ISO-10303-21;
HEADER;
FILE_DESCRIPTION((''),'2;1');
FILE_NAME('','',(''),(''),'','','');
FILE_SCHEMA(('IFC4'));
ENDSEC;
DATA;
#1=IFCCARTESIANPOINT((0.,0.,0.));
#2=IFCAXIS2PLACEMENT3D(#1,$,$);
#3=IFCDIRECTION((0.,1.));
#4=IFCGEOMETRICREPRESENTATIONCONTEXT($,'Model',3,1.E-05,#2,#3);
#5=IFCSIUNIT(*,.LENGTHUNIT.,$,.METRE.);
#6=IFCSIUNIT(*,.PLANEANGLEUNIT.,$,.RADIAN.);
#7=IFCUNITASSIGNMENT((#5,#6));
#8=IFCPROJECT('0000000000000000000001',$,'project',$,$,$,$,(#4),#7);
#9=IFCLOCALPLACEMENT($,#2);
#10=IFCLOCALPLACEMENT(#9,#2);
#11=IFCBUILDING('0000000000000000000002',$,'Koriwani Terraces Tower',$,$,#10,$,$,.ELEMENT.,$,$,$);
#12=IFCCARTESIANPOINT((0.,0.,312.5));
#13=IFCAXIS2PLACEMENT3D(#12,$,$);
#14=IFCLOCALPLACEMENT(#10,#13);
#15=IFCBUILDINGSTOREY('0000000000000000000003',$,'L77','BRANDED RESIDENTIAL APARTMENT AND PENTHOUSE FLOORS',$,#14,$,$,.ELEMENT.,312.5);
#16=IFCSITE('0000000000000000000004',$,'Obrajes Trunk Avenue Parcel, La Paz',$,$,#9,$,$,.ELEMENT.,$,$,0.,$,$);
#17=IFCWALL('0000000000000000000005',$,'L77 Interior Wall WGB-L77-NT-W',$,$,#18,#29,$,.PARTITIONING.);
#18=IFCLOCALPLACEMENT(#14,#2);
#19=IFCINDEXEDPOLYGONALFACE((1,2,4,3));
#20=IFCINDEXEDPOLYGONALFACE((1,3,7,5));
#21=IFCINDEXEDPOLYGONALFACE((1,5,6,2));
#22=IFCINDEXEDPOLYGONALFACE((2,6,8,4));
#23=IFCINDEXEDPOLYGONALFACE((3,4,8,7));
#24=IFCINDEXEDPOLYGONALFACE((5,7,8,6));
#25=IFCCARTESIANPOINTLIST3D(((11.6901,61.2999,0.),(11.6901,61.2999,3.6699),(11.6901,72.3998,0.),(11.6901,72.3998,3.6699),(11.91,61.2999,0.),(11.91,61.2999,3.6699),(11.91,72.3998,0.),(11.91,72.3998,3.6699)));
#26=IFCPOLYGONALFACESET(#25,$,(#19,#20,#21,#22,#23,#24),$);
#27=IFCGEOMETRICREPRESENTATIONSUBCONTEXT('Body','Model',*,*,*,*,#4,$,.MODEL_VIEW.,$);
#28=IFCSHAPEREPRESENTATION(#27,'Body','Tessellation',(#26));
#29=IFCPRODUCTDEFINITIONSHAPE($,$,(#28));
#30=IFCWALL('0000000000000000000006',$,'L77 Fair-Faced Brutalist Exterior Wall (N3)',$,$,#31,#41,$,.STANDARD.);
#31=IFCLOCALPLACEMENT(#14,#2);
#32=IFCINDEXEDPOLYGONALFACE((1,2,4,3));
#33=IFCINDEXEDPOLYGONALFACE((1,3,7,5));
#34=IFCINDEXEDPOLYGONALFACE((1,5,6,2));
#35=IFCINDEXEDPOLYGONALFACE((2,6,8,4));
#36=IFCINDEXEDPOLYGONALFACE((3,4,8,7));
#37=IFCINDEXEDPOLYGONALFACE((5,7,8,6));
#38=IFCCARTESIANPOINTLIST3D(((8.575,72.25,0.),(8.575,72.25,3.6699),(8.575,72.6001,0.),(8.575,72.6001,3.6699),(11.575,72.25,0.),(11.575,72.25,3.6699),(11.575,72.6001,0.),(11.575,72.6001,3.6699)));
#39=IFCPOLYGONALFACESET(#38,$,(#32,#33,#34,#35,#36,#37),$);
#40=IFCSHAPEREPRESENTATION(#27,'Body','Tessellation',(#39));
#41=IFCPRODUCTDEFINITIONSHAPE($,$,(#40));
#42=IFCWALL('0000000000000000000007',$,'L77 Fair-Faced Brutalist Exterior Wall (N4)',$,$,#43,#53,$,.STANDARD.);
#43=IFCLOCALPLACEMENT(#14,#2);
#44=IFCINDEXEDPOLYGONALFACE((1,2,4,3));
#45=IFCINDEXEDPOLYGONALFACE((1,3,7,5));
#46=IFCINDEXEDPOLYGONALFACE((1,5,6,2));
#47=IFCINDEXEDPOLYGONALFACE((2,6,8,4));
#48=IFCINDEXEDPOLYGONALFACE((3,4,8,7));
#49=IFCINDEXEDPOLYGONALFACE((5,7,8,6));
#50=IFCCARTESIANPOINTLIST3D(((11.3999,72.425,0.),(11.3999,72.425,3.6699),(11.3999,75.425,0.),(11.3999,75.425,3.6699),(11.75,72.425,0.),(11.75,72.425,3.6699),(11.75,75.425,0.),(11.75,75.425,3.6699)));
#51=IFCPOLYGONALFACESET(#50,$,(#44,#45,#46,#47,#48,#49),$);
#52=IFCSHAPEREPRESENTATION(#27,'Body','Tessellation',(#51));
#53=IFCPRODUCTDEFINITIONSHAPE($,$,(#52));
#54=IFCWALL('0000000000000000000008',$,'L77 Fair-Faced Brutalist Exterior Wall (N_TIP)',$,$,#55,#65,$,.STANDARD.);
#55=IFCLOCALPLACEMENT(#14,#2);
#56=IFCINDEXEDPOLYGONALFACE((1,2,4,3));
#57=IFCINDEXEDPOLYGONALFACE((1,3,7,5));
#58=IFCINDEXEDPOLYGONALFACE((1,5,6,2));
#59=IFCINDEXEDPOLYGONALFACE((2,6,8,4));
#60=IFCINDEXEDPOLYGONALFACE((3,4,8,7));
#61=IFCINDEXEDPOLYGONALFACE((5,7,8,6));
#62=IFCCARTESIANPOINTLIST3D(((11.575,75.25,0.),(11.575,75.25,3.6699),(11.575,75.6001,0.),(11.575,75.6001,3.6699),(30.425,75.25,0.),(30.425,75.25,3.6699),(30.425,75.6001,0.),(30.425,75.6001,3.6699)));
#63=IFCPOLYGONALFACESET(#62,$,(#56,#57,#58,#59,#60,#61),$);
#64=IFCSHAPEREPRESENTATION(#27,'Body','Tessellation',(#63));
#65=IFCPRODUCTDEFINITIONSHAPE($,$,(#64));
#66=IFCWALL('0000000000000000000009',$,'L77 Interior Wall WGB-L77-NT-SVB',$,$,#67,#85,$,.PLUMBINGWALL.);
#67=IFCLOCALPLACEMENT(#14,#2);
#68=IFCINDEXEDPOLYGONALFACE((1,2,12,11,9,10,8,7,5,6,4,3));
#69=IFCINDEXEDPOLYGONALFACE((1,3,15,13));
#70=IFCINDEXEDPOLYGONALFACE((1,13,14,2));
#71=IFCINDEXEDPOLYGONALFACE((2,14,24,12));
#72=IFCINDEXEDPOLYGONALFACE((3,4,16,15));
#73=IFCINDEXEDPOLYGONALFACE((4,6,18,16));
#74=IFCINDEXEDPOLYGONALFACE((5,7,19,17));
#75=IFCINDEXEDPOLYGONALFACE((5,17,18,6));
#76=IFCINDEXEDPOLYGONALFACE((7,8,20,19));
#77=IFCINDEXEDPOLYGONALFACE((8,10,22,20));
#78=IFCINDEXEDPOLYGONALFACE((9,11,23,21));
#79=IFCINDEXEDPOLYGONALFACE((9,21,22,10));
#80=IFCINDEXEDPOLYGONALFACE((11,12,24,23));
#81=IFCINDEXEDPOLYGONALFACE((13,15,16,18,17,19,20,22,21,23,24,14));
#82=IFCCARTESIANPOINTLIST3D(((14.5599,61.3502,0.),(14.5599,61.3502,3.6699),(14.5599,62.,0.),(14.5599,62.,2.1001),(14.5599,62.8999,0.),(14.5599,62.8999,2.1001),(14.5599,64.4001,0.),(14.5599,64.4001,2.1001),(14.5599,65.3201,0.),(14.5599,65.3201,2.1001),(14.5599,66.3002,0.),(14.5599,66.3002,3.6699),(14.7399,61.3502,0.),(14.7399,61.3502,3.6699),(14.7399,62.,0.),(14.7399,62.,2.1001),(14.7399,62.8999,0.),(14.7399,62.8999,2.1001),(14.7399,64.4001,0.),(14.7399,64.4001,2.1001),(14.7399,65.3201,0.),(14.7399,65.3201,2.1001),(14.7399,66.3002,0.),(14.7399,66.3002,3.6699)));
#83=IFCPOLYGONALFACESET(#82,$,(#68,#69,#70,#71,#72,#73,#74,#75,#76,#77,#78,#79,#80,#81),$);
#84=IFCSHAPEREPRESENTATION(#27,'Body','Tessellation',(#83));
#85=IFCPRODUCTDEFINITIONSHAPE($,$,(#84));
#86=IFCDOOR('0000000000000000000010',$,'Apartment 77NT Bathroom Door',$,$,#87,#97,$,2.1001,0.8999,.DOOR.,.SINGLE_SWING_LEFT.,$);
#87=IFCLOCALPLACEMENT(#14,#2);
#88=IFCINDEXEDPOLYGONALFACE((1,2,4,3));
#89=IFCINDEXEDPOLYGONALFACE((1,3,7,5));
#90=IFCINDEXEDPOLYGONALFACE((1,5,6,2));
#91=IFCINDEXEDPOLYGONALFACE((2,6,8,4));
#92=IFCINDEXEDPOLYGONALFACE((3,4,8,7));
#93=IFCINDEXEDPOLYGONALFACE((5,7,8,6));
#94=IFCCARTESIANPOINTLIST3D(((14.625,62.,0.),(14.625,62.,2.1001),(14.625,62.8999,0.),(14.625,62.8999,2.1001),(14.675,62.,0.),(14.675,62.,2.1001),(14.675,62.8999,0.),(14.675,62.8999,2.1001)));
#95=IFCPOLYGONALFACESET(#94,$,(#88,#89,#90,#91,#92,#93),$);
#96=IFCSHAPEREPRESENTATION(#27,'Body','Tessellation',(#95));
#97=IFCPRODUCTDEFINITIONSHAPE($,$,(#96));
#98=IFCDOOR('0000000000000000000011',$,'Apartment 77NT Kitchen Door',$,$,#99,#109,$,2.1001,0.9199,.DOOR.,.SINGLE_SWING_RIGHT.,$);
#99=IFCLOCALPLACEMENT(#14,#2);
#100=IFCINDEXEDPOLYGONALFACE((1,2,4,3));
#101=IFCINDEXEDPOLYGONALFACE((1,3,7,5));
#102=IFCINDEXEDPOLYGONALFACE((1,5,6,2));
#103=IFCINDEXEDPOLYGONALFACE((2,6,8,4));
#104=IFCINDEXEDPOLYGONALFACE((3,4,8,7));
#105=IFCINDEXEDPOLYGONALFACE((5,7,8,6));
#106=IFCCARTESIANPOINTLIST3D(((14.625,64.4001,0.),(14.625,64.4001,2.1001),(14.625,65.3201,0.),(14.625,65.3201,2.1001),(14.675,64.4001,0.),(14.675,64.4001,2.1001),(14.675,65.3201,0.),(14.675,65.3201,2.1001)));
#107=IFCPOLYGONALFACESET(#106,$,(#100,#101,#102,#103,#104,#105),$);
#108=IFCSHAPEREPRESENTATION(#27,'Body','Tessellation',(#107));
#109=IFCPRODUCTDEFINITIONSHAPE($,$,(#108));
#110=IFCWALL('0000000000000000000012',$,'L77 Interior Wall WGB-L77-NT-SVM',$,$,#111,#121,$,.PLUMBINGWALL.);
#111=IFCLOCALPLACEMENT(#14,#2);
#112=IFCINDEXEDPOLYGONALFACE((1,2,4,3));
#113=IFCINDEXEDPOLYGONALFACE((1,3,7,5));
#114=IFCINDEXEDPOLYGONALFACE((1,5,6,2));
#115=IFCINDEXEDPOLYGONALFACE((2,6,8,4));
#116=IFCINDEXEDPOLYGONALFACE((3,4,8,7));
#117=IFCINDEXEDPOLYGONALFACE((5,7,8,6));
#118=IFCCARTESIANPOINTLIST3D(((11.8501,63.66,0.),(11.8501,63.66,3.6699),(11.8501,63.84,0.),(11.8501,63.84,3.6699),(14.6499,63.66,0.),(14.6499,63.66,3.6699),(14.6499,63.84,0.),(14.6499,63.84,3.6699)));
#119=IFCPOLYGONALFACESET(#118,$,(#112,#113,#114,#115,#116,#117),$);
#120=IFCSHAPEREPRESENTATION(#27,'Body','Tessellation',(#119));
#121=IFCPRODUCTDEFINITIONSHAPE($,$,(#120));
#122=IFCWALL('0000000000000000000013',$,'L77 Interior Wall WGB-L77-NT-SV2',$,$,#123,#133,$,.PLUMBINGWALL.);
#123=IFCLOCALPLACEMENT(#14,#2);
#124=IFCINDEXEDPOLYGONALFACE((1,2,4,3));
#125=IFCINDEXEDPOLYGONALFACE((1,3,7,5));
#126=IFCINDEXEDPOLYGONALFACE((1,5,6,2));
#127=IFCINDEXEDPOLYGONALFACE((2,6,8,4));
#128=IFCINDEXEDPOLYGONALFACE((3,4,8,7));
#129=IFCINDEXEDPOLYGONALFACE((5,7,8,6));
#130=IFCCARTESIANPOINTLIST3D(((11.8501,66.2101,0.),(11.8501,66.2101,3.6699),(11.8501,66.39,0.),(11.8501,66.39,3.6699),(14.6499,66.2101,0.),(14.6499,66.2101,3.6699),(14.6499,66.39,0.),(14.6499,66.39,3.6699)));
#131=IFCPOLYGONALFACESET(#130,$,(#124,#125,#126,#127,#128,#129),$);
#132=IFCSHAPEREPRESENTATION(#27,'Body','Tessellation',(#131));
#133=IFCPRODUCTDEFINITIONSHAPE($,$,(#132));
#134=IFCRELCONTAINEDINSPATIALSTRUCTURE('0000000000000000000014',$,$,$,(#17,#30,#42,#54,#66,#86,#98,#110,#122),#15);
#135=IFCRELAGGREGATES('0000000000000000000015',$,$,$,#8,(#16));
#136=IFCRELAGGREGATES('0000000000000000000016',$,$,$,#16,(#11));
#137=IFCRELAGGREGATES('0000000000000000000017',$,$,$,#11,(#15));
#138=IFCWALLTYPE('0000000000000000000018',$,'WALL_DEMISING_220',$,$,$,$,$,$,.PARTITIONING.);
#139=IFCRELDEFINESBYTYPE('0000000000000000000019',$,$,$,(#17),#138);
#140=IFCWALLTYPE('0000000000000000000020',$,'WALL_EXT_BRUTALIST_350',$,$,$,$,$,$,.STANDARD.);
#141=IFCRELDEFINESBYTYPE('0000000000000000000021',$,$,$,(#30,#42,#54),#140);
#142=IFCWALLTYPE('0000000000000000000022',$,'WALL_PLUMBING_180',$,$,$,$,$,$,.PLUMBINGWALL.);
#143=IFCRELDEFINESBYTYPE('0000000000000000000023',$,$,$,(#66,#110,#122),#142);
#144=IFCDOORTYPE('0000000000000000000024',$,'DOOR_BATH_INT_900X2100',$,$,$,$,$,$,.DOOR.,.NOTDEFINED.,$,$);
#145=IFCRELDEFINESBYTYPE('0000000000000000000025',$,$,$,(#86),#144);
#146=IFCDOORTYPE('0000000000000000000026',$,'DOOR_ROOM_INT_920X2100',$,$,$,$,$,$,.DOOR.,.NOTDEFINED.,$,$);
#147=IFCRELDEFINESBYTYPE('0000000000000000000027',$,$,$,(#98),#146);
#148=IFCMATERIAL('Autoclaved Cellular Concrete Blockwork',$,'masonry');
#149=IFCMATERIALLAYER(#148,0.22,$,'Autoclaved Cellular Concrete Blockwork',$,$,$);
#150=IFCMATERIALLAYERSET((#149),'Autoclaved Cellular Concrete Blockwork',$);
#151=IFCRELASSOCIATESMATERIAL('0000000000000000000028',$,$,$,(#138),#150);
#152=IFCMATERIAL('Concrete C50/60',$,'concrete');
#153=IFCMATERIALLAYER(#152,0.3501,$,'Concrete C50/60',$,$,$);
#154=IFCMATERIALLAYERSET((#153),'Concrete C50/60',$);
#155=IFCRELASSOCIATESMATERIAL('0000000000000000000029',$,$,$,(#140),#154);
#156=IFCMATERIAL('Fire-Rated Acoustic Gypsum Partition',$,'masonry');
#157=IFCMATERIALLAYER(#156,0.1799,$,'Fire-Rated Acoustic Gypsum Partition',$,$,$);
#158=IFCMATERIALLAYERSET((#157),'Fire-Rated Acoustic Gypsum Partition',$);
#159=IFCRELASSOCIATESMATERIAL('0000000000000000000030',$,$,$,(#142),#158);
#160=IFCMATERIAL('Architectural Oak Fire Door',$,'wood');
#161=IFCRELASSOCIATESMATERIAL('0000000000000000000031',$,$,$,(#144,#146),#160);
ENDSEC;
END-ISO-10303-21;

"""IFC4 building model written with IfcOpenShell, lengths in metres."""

from ifc_helpers import new_model, si_unit, direction, frame, frame_2d, origin, place, context, subcontext, project, spatial, rectangle, extrude, material, layer, layer_set, type_object, element, fill, save


model = new_model("IFC4")

# Units and contexts
model_context = context("Model", 3, precision=1e-05, world=origin(), true_north=direction((0.0, 1.0)))
body_context = subcontext(model_context, "Body", "Model", "MODEL_VIEW")
ifc_project = project(units=[si_unit("LENGTHUNIT", "METRE"), si_unit("PLANEANGLEUNIT", "RADIAN")], contexts=[model_context])

# Site, building, storey
site_placement = place(None, origin())
site = spatial("IfcSite", under=ifc_project, at=site_placement, Name="Obrajes Trunk Avenue Parcel, La Paz", CompositionType="ELEMENT", RefElevation=0.0)
building_placement = place(site_placement, origin())
building = spatial("IfcBuilding", under=site, at=building_placement, Name="Koriwani Terraces Tower", CompositionType="ELEMENT")
storey_placement = place(building_placement, frame((0.0, 0.0, 312.5)))
storey = spatial("IfcBuildingStorey", under=building, at=storey_placement, Name="L77", Description="BRANDED RESIDENTIAL APARTMENT AND PENTHOUSE FLOORS", CompositionType="ELEMENT", Elevation=312.5)

# Shared definitions
ifc_material_1 = material(Name="Concrete C50/60", Category="concrete")

# Shared definitions
ifc_material_2 = material(Name="Autoclaved Cellular Concrete Blockwork", Category="masonry")
ifc_material_3 = material(Name="Architectural Oak Fire Door", Category="wood")

# Walls
ifc_layer_1 = layer(ifc_material_2, 0.22, Name="Autoclaved Cellular Concrete Blockwork")
ifc_layer_set_1 = layer_set([ifc_layer_1], Name="Autoclaved Cellular Concrete Blockwork")
wall_type_1 = type_object("IfcWallType", Name="WALL_DEMISING_220", PredefinedType="PARTITIONING", material=ifc_layer_set_1)
wall_1_placement = place(storey_placement, frame((11.8, 61.3, 0.0), z_axis=(0.0, 0.0, 1.0), x_axis=(0.0, 1.0, 0.0)))
element("IfcWall", 1, at=wall_1_placement, inside=storey, type_object=wall_type_1, Name="L77 Interior Wall WGB-L77-NT-W", PredefinedType="PARTITIONING", context=body_context, shape_type="SweptSolid", body=[
    extrude(rectangle(XDim=11.0999, YDim=0.22, at=frame_2d((5.5498, 0.0))), origin(), (0.0, 0.0, 1.0), 3.6699),
])
ifc_layer_2 = layer(ifc_material_1, 0.3501, Name="Concrete C50/60")
ifc_layer_set_2 = layer_set([ifc_layer_2], Name="Concrete C50/60")
wall_type_2 = type_object("IfcWallType", Name="WALL_EXT_BRUTALIST_350", PredefinedType="STANDARD", material=ifc_layer_set_2)
for number, where, z_axis, x_axis, name in (
    (2, (8.575, 72.425, 0.0), (0.0, 0.0, 1.0), (1.0, 0.0, 0.0), "L77 Fair-Faced Brutalist Exterior Wall (N3)"),
    (3, (11.575, 72.425, 0.0), (0.0, 0.0, 1.0), (0.0, 1.0, 0.0), "L77 Fair-Faced Brutalist Exterior Wall (N4)"),
):
    element("IfcWall", number, at=place(storey_placement, frame(where, z_axis=z_axis, x_axis=x_axis)), inside=storey, type_object=wall_type_2, Name=name, PredefinedType="STANDARD", context=body_context, shape_type="SweptSolid", body=[
        extrude(rectangle(XDim=3.0, YDim=0.3501, at=frame_2d((1.5, 0.0))), origin(), (0.0, 0.0, 1.0), 3.6699),
    ])
wall_2_placement = place(storey_placement, frame((11.575, 75.425, 0.0), z_axis=(0.0, 0.0, 1.0), x_axis=(1.0, 0.0, 0.0)))
element("IfcWall", 4, at=wall_2_placement, inside=storey, type_object=wall_type_2, Name="L77 Fair-Faced Brutalist Exterior Wall (N_TIP)", PredefinedType="STANDARD", context=body_context, shape_type="SweptSolid", body=[
    extrude(rectangle(XDim=18.8501, YDim=0.3501, at=frame_2d((9.425, 0.0))), origin(), (0.0, 0.0, 1.0), 3.6699),
])

# Wall, openings, doors
ifc_material_4 = material(Name="Fire-Rated Acoustic Gypsum Partition", Category="masonry")
ifc_layer_3 = layer(ifc_material_4, 0.1799, Name="Fire-Rated Acoustic Gypsum Partition")
ifc_layer_set_3 = layer_set([ifc_layer_3], Name="Fire-Rated Acoustic Gypsum Partition")
wall_type_3 = type_object("IfcWallType", Name="WALL_PLUMBING_180", PredefinedType="PLUMBINGWALL", material=ifc_layer_set_3)
wall_3_placement = place(storey_placement, frame((14.6499, 61.3501, 0.0), z_axis=(0.0, 0.0, 1.0), x_axis=(0.0, 1.0, 0.0)))
wall_3 = element("IfcWall", 5, at=wall_3_placement, inside=storey, type_object=wall_type_3, Name="L77 Interior Wall WGB-L77-NT-SVB", PredefinedType="PLUMBINGWALL", context=body_context, shape_type="SweptSolid", body=[
    extrude(rectangle(XDim=4.95, YDim=0.1799, at=frame_2d((2.4751, 0.0))), origin(), (0.0, 0.0, 1.0), 3.6699),
])
opening_1_placement = place(wall_3_placement, frame((0.6499, 0.0, 0.0)))
opening_1 = element("IfcOpeningElement", 6, at=opening_1_placement, cuts=wall_3, PredefinedType="OPENING", context=body_context, shape_type="SweptSolid", body=[
    extrude(rectangle(XDim=0.8999, YDim=2.1001, at=frame_2d((0.45, 1.05))), frame((0.0, 0.1001, 0.0), z_axis=(0.0, -1.0, 0.0), x_axis=(1.0, 0.0, 0.0)), (0.0, 0.0, 1.0), 0.2),
])
opening_2_placement = place(wall_3_placement, frame((3.05, 0.0, 0.0)))
opening_2 = element("IfcOpeningElement", 7, at=opening_2_placement, cuts=wall_3, PredefinedType="OPENING", context=body_context, shape_type="SweptSolid", body=[
    extrude(rectangle(XDim=0.9199, YDim=2.1001, at=frame_2d((0.46, 1.05))), frame((0.0, 0.1001, 0.0), z_axis=(0.0, -1.0, 0.0), x_axis=(1.0, 0.0, 0.0)), (0.0, 0.0, 1.0), 0.2),
])
door_type_1 = type_object("IfcDoorType", Name="DOOR_BATH_INT_900X2100", OperationType="NOTDEFINED", PredefinedType="DOOR", material=ifc_material_3)
door_1_placement = place(opening_1_placement, origin())
door_1 = element("IfcDoor", 8, at=door_1_placement, inside=storey, type_object=door_type_1, Name="Apartment 77NT Bathroom Door", OperationType="SINGLE_SWING_LEFT", OverallHeight=2.1001, OverallWidth=0.8999, PredefinedType="DOOR", context=body_context, shape_type="SweptSolid", body=[
    extrude(rectangle(XDim=0.8999, YDim=2.1001, at=frame_2d((0.45, 1.05))), frame((0.0, 0.0249, 0.0), z_axis=(0.0, -1.0, 0.0), x_axis=(1.0, 0.0, 0.0)), (0.0, 0.0, 1.0), 0.05),
])
fill(opening_1, door_1)
door_type_2 = type_object("IfcDoorType", Name="DOOR_ROOM_INT_920X2100", OperationType="NOTDEFINED", PredefinedType="DOOR", material=ifc_material_3)
door_2_placement = place(opening_2_placement, origin())
door_2 = element("IfcDoor", 9, at=door_2_placement, inside=storey, type_object=door_type_2, Name="Apartment 77NT Kitchen Door", OperationType="SINGLE_SWING_RIGHT", OverallHeight=2.1001, OverallWidth=0.9199, PredefinedType="DOOR", context=body_context, shape_type="SweptSolid", body=[
    extrude(rectangle(XDim=0.9199, YDim=2.1001, at=frame_2d((0.46, 1.05))), frame((0.0, 0.0249, 0.0), z_axis=(0.0, -1.0, 0.0), x_axis=(1.0, 0.0, 0.0)), (0.0, 0.0, 1.0), 0.05),
])
fill(opening_2, door_2)

# Walls
for number, where, z_axis, x_axis, name in (
    (10, (11.8501, 63.75, 0.0), (0.0, 0.0, 1.0), (1.0, 0.0, 0.0), "L77 Interior Wall WGB-L77-NT-SVM"),
    (11, (11.8501, 66.3, 0.0), (0.0, 0.0, 1.0), (1.0, 0.0, 0.0), "L77 Interior Wall WGB-L77-NT-SV2"),
):
    element("IfcWall", number, at=place(storey_placement, frame(where, z_axis=z_axis, x_axis=x_axis)), inside=storey, type_object=wall_type_3, Name=name, PredefinedType="PLUMBINGWALL", context=body_context, shape_type="SweptSolid", body=[
        extrude(rectangle(XDim=2.7998, YDim=0.1799, at=frame_2d((1.3999, 0.0))), origin(), (0.0, 0.0, 1.0), 3.6699),
    ])

save(model, "model.ifc")
